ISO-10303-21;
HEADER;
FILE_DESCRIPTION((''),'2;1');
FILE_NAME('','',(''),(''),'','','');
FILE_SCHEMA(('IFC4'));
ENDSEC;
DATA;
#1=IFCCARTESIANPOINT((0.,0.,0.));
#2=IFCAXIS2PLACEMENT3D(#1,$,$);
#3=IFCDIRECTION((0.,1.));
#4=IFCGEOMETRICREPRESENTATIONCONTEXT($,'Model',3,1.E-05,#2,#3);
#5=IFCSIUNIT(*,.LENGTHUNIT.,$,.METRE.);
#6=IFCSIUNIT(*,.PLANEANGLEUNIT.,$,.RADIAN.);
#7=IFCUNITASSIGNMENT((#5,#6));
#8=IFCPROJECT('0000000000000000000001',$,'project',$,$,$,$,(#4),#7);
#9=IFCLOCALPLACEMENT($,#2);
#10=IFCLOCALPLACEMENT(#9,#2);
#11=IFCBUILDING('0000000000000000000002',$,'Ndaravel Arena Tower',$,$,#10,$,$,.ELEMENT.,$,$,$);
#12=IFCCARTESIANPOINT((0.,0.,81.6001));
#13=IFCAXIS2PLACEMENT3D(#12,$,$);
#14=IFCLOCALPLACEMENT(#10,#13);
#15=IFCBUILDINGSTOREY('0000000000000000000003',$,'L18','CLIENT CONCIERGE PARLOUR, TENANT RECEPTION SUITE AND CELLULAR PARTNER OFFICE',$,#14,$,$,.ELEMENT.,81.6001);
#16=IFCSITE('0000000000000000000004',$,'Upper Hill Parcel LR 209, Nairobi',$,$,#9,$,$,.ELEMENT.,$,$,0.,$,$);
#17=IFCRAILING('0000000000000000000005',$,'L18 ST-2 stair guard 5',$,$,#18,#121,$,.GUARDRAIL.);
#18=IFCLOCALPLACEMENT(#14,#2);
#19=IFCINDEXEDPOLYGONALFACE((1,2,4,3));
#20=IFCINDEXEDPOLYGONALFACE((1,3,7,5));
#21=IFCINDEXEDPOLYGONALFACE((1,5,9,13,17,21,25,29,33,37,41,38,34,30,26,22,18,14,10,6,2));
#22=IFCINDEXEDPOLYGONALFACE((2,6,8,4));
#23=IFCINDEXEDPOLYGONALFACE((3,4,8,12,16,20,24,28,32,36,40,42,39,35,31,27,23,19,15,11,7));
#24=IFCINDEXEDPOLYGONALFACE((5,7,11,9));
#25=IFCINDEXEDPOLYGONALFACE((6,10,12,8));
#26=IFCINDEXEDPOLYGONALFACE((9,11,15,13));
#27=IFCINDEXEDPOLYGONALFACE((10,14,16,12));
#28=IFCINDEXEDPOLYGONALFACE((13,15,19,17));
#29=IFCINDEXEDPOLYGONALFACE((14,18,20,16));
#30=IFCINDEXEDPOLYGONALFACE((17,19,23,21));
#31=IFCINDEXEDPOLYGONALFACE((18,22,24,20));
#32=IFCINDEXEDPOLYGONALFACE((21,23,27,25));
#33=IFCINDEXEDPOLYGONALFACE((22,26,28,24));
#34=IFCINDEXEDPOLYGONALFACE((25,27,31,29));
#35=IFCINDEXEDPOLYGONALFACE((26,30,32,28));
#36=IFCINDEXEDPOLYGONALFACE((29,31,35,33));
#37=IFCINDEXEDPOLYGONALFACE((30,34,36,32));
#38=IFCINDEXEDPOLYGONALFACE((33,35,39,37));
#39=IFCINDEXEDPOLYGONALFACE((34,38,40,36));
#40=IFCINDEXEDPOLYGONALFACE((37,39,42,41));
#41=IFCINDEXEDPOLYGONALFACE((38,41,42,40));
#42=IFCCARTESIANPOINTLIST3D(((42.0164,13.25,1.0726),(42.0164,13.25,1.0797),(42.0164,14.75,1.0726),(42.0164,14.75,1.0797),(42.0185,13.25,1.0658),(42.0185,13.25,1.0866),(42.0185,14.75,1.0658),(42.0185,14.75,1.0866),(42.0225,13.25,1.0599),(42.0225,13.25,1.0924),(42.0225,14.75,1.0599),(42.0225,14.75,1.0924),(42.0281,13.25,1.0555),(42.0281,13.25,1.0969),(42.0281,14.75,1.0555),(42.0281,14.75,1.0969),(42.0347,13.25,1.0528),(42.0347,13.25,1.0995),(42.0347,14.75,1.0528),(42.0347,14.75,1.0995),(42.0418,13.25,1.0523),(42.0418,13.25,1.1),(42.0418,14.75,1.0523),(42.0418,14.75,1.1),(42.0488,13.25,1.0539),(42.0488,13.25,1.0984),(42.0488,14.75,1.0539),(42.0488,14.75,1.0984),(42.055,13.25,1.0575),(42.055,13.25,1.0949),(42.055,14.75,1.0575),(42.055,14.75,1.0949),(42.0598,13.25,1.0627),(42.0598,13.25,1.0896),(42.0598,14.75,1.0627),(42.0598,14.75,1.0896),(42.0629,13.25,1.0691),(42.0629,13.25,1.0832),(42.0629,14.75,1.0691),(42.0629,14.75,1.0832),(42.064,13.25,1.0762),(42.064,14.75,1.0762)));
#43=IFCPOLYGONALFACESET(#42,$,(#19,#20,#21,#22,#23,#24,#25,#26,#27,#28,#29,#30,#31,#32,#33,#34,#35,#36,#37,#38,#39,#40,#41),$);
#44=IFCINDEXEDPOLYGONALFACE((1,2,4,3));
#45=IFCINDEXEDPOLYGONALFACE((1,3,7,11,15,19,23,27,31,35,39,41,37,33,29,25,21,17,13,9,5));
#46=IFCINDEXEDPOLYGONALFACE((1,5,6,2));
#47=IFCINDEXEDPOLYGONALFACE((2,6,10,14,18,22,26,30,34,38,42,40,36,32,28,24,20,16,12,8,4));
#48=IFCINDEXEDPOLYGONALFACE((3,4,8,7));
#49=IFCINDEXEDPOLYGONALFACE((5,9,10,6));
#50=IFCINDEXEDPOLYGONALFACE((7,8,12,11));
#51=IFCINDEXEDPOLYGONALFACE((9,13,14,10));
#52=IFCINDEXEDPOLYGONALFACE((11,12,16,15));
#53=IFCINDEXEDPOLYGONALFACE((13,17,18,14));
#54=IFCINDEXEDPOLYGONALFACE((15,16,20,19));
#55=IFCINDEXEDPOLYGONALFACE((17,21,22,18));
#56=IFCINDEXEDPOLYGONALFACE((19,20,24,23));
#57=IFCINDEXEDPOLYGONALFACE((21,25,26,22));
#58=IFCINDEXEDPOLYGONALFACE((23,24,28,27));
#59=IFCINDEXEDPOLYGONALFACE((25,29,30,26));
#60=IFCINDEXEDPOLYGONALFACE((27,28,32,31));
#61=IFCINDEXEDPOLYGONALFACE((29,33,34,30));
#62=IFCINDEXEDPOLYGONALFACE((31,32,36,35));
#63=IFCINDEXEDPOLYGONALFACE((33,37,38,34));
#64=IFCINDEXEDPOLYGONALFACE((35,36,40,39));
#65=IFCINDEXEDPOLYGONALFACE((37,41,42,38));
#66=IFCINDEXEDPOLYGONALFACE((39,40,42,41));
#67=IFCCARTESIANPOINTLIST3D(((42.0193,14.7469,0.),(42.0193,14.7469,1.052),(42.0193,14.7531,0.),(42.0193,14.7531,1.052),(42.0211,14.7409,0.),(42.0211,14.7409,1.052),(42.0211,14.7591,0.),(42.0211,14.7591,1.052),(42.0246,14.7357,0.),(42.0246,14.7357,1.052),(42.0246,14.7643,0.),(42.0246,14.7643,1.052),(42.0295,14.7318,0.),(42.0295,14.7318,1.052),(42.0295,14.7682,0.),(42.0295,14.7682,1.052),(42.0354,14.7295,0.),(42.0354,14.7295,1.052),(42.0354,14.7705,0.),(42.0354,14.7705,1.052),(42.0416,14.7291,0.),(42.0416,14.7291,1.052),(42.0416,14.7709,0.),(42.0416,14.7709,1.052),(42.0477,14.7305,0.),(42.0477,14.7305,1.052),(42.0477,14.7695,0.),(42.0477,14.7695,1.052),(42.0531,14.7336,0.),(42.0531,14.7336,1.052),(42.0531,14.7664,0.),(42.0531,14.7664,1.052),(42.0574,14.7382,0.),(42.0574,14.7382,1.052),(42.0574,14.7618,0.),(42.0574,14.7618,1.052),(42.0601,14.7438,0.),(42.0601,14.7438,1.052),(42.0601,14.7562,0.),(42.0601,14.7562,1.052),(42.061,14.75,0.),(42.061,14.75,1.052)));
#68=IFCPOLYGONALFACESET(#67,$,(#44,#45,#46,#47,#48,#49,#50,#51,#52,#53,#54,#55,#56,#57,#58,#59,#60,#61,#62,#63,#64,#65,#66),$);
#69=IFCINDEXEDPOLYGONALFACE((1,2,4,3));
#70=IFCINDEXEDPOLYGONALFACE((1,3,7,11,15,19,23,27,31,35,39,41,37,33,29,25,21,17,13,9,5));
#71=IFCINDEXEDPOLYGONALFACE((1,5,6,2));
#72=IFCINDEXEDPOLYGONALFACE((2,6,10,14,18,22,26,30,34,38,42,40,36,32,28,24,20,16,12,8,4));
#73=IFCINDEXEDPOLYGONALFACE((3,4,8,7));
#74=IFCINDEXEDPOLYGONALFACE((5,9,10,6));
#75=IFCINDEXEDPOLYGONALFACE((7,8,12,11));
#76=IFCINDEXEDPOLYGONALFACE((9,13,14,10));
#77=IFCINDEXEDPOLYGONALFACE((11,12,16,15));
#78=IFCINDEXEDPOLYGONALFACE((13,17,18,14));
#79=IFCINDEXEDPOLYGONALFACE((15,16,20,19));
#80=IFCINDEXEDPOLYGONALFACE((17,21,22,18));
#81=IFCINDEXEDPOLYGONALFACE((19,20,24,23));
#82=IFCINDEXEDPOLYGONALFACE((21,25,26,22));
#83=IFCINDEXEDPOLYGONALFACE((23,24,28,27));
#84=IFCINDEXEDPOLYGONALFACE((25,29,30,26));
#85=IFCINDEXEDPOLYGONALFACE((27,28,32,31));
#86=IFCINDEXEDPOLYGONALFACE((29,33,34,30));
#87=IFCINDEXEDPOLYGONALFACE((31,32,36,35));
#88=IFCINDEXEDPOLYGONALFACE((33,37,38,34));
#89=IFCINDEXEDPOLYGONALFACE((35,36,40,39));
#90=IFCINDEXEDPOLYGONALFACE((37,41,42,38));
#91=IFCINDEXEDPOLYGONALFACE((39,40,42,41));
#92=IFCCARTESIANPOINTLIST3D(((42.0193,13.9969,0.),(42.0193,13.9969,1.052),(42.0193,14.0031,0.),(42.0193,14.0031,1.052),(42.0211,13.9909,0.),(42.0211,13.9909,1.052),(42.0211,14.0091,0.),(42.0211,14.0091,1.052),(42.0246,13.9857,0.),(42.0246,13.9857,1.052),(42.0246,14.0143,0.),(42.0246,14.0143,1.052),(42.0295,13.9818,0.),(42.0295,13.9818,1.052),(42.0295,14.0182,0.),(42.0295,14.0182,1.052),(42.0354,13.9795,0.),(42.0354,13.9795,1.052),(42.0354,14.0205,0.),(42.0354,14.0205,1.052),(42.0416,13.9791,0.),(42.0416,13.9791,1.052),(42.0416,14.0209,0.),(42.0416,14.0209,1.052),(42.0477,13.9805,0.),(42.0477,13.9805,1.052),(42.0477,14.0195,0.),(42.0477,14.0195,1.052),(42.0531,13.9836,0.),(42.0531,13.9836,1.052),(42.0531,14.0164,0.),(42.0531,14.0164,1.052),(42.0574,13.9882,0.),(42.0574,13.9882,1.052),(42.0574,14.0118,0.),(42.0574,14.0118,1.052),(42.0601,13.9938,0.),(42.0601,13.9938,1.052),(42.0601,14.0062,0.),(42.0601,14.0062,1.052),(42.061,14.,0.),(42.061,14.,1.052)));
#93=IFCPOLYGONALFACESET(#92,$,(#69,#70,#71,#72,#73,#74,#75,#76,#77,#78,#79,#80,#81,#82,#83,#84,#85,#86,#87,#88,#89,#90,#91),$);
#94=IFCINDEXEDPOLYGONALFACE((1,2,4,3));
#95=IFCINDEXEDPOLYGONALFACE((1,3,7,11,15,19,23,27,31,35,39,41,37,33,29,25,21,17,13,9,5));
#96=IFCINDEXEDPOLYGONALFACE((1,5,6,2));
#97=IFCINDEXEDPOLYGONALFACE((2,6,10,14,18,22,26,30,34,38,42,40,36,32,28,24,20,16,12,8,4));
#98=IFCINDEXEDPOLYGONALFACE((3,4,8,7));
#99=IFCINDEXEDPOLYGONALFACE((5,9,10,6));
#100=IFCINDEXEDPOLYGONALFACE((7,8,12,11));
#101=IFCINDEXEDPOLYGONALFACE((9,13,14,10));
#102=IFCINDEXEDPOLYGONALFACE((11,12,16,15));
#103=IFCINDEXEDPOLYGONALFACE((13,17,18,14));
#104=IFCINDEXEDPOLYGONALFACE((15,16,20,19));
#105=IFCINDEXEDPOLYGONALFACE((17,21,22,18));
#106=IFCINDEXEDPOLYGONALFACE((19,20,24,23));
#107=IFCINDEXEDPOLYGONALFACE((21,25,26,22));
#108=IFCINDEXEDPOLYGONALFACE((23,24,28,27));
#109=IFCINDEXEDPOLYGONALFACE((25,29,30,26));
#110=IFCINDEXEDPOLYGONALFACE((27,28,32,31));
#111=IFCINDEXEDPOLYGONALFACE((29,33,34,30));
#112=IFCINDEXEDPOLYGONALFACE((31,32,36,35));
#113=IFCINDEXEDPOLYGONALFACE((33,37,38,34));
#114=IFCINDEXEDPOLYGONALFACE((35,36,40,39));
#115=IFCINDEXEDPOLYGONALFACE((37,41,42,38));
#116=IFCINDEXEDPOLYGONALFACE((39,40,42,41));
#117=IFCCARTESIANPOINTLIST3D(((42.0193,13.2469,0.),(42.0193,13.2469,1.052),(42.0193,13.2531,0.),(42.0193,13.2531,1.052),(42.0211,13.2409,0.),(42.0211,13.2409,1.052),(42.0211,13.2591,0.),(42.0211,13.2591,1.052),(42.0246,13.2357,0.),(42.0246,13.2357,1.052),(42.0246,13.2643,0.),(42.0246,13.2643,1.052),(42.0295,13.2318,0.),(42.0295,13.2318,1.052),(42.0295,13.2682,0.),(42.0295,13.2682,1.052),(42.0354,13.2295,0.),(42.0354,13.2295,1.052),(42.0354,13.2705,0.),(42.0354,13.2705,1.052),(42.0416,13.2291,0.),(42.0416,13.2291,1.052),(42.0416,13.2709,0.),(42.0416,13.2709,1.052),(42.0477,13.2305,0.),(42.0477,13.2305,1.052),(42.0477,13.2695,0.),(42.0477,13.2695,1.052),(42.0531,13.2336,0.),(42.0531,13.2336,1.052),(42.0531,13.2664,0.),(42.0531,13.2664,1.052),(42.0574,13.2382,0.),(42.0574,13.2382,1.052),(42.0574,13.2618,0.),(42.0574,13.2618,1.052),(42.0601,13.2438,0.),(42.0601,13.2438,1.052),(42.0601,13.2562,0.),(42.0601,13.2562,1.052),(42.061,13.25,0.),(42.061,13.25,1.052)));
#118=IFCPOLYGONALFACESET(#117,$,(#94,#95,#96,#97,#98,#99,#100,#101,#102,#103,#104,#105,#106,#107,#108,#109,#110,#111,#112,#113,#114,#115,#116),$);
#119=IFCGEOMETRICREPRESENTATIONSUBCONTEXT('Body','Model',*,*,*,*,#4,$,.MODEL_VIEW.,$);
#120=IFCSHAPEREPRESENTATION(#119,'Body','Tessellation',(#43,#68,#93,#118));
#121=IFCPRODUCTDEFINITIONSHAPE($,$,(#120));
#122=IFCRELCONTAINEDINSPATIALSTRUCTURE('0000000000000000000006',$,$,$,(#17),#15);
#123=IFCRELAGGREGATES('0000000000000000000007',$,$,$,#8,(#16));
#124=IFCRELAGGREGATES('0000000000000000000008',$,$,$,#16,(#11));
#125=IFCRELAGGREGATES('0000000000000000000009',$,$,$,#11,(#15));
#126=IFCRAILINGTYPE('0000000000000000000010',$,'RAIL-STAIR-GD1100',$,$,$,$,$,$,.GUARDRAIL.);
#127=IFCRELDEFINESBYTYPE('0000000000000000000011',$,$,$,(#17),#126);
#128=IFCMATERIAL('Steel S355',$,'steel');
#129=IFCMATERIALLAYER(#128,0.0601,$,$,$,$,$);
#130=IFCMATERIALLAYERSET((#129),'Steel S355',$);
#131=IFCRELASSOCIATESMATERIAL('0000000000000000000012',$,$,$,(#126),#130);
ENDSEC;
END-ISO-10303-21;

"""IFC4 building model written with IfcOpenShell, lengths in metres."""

from ifc_helpers import new_model, si_unit, direction, frame, origin, origin_2d, place, context, subcontext, project, spatial, circle, extrude, material, layer, layer_set, type_object, element, save


model = new_model("IFC4")

# Units and contexts
model_context = context("Model", 3, precision=1e-05, world=origin(), true_north=direction((0.0, 1.0)))
body_context = subcontext(model_context, "Body", "Model", "MODEL_VIEW")
ifc_project = project(units=[si_unit("LENGTHUNIT", "METRE"), si_unit("PLANEANGLEUNIT", "RADIAN")], contexts=[model_context])

# Site, building, storey
site_placement = place(None, origin())
site = spatial("IfcSite", under=ifc_project, at=site_placement, Name="Upper Hill Parcel LR 209, Nairobi", CompositionType="ELEMENT", RefElevation=0.0)
building_placement = place(site_placement, origin())
building = spatial("IfcBuilding", under=site, at=building_placement, Name="Ndaravel Arena Tower", CompositionType="ELEMENT")
storey_placement = place(building_placement, frame((0.0, 0.0, 81.6001)))
storey = spatial("IfcBuildingStorey", under=building, at=storey_placement, Name="L18", Description="CLIENT CONCIERGE PARLOUR, TENANT RECEPTION SUITE AND CELLULAR PARTNER OFFICE", CompositionType="ELEMENT", Elevation=81.6001)

# Railing
ifc_material_1 = material(Name="Steel S355", Category="steel")
ifc_layer_1 = layer(ifc_material_1, 0.0601)
ifc_layer_set_1 = layer_set([ifc_layer_1], Name="Steel S355")
railing_type = type_object("IfcRailingType", Name="RAIL-STAIR-GD1100", PredefinedType="GUARDRAIL", material=ifc_layer_set_1)
for number, where, name in (
    (1, (42.04, 14.75, 0.0), "L18 ST-2 stair guard 5"),
):
    element("IfcRailing", number, at=place(storey_placement, frame(where)), inside=storey, type_object=railing_type, Name=name, PredefinedType="GUARDRAIL", context=body_context, shape_type="SweptSolid", body=[
        extrude(circle(Radius=0.0239, at=origin_2d()), frame((0.0, 0.0, 1.0762), z_axis=(0.0, -1.0, 0.0), x_axis=(1.0, 0.0, 0.0)), (0.0, 0.0, 1.0), 1.5),
        extrude(circle(Radius=0.021, at=origin_2d()), origin(), (0.0, 0.0, 1.0), 1.052),
        extrude(circle(Radius=0.021, at=origin_2d()), frame((0.0, -0.75, 0.0)), (0.0, 0.0, 1.0), 1.052),
        extrude(circle(Radius=0.021, at=origin_2d()), frame((0.0, -1.5, 0.0)), (0.0, 0.0, 1.0), 1.052),
    ])

save(model, "model.ifc")
